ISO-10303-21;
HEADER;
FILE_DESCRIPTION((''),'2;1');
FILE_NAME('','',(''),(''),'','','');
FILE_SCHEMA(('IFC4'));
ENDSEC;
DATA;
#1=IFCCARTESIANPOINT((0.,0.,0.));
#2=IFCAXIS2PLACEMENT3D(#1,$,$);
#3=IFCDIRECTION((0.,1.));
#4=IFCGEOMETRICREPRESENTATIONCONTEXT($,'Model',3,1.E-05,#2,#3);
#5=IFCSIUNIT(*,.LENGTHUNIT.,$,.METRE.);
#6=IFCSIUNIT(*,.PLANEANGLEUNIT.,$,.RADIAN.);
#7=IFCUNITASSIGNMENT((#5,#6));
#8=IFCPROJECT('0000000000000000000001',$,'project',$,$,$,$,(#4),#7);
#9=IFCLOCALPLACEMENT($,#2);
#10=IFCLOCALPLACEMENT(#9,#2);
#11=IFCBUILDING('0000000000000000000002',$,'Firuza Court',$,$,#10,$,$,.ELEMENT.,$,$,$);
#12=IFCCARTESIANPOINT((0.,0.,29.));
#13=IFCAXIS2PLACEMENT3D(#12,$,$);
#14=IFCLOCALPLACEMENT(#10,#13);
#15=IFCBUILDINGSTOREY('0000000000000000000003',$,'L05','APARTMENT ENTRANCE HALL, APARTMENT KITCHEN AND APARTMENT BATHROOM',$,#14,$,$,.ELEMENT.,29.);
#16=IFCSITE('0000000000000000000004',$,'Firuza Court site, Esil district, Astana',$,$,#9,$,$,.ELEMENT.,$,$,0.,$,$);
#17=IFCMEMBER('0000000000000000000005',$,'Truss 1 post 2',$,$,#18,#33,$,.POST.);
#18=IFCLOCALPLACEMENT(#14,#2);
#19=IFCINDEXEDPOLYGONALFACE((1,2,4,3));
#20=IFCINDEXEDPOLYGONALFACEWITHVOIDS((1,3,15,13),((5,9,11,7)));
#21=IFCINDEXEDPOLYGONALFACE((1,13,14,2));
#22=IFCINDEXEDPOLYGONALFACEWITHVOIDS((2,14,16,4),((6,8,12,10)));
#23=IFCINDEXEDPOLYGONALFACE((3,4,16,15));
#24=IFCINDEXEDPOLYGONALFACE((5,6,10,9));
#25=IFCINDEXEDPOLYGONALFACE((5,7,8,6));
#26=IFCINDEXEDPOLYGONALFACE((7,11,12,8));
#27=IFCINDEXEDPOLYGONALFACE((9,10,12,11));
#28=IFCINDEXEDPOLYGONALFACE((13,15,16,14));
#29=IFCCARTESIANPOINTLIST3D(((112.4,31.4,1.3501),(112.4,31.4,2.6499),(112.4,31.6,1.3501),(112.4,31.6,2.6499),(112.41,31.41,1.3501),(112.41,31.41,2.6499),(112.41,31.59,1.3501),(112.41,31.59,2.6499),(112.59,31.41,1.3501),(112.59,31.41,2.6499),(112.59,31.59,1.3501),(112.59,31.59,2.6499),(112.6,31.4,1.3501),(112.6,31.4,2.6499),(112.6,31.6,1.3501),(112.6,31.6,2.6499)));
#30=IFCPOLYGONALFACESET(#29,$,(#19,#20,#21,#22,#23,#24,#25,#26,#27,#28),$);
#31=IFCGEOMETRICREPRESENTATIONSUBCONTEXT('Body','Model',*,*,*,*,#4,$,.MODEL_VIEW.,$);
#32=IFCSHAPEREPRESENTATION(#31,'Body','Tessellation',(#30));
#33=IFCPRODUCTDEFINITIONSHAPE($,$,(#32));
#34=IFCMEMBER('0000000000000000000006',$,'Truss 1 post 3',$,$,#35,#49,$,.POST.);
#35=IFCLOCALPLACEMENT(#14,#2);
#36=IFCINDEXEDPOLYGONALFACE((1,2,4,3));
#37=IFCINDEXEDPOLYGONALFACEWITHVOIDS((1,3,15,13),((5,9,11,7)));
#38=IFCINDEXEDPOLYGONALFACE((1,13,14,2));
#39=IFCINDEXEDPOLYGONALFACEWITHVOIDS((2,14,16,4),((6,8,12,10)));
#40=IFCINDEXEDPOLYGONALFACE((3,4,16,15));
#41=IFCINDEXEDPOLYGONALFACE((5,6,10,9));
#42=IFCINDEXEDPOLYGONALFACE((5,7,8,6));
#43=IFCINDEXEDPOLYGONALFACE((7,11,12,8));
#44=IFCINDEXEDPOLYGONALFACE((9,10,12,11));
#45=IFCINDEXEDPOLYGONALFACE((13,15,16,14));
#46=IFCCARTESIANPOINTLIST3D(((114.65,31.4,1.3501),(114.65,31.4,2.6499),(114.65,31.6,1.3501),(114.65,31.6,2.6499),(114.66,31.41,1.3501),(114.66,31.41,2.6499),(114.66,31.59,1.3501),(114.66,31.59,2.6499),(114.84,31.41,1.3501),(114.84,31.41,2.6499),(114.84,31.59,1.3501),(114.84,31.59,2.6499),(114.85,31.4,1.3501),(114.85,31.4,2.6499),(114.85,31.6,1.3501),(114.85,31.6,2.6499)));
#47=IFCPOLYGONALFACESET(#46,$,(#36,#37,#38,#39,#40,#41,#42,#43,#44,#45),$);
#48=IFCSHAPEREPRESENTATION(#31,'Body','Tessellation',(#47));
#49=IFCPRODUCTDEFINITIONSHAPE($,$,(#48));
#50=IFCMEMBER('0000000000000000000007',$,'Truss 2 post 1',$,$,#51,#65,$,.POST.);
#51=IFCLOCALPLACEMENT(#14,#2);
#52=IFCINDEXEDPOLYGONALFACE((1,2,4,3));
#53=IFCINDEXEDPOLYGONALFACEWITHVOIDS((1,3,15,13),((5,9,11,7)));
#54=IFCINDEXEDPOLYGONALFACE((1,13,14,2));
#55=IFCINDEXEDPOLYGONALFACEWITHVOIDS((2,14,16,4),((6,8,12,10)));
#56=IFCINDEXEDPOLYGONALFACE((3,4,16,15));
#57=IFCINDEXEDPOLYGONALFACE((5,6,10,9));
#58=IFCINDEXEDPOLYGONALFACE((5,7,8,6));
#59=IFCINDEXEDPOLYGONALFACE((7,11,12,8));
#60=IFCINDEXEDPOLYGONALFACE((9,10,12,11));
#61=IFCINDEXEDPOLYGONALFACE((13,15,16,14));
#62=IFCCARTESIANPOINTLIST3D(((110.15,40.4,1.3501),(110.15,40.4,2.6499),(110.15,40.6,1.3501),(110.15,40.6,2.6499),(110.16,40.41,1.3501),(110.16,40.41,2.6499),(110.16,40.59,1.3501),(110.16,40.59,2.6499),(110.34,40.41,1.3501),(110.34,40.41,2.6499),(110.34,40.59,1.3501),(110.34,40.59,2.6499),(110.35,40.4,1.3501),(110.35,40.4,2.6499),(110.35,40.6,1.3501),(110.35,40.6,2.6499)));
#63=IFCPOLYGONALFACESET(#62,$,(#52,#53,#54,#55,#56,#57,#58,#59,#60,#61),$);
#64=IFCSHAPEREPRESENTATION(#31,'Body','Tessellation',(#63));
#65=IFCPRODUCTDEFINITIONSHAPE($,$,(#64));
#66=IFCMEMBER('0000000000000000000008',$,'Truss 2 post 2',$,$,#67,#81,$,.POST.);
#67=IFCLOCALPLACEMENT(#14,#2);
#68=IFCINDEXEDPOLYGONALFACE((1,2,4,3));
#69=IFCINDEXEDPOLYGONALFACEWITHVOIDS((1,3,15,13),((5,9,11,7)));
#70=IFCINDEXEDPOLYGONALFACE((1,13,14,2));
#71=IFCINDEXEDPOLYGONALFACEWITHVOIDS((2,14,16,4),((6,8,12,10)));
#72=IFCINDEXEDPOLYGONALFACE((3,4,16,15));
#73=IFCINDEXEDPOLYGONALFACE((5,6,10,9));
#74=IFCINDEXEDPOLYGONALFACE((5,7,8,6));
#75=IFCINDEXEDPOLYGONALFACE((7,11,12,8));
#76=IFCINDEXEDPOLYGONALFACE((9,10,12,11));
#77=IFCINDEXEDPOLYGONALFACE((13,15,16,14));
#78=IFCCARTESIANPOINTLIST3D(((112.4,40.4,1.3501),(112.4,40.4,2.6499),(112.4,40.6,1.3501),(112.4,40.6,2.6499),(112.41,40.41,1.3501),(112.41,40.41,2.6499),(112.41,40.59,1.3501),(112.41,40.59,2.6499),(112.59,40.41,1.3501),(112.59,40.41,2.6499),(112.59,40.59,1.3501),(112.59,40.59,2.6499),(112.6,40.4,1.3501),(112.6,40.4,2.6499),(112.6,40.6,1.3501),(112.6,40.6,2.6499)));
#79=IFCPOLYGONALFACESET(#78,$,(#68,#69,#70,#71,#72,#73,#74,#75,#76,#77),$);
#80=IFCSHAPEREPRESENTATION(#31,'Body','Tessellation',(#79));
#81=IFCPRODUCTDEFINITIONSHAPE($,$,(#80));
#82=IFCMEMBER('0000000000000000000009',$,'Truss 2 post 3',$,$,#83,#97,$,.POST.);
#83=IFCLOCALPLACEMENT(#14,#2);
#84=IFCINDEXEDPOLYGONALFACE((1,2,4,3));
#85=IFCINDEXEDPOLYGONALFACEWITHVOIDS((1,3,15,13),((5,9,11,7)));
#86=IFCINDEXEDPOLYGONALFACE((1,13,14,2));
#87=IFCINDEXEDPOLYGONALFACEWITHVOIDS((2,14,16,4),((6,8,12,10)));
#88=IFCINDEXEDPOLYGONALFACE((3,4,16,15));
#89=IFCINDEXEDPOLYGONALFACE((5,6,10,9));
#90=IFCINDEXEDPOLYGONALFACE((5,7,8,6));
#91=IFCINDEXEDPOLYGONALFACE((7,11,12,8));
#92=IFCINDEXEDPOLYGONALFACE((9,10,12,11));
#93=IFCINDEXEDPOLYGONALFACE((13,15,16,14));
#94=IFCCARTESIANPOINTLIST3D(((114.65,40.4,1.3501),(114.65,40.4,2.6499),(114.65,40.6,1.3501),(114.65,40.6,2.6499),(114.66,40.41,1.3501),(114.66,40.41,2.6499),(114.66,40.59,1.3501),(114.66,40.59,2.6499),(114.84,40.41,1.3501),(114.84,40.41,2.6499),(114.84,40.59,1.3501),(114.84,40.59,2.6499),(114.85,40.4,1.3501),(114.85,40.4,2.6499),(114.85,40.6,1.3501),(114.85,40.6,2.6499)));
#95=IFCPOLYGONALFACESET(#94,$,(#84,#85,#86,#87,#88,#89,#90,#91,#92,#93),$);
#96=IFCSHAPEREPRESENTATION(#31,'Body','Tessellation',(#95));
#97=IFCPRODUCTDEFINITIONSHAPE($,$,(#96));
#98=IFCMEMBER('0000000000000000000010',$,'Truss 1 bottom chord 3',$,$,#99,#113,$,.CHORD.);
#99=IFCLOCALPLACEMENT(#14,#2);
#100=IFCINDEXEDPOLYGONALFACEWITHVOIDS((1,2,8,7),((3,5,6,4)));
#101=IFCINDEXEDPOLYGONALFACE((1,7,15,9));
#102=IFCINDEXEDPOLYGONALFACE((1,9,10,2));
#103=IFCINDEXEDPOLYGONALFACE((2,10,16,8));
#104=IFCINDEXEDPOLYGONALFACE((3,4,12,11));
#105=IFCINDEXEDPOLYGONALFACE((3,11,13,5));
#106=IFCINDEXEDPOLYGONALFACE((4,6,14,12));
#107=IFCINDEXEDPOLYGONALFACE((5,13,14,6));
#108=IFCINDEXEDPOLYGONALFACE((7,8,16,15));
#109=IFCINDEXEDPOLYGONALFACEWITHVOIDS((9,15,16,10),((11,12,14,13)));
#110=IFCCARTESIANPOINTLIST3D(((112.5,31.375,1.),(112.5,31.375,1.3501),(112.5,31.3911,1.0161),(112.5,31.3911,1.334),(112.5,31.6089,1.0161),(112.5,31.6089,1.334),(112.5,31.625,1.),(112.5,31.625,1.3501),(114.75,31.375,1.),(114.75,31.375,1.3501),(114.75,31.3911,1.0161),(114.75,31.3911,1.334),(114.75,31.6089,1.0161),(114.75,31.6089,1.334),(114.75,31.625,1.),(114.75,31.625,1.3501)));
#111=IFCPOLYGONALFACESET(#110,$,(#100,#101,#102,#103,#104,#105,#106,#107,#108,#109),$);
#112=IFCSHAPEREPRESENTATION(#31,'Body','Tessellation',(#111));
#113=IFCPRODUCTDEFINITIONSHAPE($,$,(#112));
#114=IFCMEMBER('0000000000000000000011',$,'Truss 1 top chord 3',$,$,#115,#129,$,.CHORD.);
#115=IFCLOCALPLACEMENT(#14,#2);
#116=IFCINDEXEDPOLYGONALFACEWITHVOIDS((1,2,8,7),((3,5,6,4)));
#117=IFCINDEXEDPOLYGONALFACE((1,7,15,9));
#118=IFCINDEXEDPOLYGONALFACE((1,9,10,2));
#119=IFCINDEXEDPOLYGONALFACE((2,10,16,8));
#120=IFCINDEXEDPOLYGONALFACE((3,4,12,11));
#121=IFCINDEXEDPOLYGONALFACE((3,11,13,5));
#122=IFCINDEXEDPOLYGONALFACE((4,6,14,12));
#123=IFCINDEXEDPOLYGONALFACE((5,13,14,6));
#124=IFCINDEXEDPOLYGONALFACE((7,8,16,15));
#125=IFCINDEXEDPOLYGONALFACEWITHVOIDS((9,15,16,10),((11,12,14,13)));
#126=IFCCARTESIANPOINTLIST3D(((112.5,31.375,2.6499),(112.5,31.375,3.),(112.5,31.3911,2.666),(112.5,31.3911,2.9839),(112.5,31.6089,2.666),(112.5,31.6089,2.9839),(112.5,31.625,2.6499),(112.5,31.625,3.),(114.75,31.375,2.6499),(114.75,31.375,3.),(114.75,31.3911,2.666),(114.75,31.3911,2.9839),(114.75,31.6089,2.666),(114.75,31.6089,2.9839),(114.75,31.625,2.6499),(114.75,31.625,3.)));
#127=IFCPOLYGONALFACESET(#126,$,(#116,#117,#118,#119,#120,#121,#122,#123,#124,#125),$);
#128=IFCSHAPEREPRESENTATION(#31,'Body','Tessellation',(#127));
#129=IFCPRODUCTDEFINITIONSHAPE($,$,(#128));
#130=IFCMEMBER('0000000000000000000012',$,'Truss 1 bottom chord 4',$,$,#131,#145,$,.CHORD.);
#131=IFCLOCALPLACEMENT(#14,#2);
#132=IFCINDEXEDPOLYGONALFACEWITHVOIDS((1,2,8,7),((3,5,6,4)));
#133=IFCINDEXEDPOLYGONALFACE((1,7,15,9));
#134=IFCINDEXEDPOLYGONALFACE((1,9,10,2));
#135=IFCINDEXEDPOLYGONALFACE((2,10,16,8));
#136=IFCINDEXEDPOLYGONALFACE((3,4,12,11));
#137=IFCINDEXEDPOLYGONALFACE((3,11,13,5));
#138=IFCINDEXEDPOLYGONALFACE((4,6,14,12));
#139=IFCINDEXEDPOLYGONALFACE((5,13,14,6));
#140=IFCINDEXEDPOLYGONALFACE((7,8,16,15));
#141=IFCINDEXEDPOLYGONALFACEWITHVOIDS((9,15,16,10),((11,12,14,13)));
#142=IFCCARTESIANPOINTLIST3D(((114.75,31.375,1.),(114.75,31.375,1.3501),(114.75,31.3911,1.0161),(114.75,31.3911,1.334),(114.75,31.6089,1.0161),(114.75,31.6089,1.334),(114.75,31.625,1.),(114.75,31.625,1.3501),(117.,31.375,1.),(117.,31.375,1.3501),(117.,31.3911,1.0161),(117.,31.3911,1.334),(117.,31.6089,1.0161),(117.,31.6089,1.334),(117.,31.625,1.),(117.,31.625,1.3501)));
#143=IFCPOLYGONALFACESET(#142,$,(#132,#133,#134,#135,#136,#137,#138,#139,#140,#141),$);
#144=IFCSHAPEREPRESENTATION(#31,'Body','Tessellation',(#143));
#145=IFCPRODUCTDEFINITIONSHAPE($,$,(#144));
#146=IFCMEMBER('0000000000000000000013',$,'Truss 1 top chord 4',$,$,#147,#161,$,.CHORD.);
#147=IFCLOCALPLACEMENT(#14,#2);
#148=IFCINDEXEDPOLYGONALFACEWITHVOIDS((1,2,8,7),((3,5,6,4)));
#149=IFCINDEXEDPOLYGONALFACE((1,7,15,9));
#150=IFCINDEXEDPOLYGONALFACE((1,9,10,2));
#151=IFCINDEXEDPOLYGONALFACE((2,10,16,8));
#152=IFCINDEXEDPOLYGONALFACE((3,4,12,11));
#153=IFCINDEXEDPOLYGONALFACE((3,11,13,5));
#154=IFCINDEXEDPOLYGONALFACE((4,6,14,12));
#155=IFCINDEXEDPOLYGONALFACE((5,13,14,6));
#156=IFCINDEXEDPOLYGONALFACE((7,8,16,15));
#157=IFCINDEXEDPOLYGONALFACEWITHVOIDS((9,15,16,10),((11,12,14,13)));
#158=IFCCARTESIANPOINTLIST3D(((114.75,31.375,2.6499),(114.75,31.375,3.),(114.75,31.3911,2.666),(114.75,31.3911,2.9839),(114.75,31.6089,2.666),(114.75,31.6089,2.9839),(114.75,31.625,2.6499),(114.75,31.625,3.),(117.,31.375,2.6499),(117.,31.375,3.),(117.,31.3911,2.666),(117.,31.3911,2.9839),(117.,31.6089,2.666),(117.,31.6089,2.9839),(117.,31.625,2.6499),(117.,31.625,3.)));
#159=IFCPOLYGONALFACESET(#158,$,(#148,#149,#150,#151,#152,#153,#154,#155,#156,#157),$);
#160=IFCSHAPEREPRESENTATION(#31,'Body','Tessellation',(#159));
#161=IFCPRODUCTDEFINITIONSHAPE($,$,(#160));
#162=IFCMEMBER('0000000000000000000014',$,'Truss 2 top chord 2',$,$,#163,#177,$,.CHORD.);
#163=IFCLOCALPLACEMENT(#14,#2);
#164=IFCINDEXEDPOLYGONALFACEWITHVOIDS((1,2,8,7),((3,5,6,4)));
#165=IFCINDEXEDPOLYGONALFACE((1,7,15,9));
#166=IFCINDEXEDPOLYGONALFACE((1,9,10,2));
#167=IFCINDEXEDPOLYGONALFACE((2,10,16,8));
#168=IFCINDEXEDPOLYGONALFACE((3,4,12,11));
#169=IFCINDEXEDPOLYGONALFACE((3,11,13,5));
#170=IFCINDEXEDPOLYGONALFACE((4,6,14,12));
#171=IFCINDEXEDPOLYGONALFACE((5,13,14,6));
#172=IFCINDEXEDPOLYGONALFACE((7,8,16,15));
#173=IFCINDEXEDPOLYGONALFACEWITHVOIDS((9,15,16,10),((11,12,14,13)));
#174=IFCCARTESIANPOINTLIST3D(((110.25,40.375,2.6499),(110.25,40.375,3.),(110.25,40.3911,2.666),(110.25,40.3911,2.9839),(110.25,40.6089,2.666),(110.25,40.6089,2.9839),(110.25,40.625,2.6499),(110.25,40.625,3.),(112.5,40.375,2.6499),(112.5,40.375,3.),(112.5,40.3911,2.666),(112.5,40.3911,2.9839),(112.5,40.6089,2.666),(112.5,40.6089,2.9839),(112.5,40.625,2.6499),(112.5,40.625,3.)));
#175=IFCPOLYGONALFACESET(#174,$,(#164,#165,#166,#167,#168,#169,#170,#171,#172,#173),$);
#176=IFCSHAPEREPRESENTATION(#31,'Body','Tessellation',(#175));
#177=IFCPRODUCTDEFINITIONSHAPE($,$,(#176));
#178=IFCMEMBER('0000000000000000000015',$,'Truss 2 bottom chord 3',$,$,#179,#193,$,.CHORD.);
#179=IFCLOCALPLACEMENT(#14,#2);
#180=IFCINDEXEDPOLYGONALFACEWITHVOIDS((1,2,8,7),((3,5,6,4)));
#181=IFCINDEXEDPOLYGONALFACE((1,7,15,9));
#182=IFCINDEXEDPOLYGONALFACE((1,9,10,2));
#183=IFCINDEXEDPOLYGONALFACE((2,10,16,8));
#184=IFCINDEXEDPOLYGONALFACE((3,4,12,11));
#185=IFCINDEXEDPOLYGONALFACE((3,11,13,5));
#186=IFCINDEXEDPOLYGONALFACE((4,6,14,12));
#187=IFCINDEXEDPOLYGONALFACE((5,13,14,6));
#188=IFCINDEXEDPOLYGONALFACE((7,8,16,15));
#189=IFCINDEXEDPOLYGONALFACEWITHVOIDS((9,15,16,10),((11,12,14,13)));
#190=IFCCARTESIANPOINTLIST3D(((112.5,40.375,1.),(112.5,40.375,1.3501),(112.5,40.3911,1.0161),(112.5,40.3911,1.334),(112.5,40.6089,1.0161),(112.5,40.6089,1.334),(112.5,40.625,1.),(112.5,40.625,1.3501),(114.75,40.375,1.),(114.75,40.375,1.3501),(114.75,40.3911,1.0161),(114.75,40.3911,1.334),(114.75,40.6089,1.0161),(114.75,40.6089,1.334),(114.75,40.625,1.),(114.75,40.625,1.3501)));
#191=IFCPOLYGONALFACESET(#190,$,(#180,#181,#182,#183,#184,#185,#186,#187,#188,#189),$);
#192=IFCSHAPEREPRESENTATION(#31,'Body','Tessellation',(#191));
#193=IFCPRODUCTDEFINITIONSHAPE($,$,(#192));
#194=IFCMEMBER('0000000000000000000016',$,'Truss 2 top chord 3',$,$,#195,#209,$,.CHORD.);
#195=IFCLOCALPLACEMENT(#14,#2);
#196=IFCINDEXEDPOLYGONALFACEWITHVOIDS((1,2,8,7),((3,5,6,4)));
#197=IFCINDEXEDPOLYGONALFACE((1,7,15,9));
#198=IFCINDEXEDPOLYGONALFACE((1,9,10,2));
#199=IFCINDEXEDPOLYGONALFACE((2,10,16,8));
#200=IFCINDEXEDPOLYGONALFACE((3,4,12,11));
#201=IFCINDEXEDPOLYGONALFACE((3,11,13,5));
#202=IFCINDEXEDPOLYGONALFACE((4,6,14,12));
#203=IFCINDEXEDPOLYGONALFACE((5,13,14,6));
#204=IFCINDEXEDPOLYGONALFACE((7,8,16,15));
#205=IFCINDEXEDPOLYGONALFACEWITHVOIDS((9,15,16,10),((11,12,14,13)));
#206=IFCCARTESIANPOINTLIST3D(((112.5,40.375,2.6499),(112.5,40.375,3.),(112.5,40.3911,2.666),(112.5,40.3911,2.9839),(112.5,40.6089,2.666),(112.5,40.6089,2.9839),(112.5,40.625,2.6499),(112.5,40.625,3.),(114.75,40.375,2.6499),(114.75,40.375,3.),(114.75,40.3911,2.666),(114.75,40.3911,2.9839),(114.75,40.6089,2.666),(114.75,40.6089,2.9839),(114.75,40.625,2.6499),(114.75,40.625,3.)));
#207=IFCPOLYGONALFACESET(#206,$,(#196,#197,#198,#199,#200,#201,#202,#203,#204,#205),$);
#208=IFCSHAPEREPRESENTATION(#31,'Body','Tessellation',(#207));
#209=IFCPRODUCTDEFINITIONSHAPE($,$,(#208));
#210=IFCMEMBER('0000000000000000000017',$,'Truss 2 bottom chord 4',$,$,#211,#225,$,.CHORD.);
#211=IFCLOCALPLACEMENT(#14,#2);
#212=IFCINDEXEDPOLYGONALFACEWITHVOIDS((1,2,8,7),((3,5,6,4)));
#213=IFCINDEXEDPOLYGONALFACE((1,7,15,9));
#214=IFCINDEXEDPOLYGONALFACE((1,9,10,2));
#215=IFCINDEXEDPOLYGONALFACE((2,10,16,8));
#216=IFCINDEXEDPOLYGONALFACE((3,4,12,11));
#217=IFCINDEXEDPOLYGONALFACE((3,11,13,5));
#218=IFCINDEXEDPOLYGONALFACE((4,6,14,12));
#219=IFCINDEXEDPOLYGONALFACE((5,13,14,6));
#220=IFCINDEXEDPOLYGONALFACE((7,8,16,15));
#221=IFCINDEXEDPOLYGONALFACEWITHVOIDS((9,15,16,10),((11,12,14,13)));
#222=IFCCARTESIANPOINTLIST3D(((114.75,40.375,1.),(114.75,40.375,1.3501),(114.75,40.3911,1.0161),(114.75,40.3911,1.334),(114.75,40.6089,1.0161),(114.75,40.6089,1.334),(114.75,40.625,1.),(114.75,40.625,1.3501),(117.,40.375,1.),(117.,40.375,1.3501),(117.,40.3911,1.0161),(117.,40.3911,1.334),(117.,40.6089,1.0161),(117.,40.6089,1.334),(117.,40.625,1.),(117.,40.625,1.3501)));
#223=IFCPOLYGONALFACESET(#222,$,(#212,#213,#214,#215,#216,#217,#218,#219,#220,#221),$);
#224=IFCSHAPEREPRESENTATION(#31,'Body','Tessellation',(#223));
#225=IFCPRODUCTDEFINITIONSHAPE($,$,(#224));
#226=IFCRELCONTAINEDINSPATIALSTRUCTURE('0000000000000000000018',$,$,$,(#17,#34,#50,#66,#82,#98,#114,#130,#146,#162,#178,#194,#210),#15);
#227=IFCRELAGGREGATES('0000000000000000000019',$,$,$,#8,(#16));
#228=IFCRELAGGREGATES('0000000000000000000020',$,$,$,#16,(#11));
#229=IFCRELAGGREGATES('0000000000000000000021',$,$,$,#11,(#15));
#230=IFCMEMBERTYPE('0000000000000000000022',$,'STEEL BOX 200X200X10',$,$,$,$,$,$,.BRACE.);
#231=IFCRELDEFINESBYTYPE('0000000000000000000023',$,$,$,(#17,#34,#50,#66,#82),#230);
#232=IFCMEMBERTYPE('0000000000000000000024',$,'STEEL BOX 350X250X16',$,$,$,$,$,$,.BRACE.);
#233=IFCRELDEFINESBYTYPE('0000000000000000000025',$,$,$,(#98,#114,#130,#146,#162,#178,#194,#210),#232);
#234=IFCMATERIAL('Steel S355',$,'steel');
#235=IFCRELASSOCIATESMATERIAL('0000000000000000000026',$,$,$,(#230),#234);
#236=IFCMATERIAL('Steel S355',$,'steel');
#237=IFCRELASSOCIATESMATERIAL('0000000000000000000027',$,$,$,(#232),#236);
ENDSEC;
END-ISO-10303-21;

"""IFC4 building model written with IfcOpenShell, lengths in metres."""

from ifc_helpers import new_model, si_unit, direction, frame, origin, origin_2d, place, context, subcontext, project, spatial, hollow_rectangle, extrude, material, material_profile, profile_set, type_object, element, save


model = new_model("IFC4")

# Units and contexts
model_context = context("Model", 3, precision=1e-05, world=origin(), true_north=direction((0.0, 1.0)))
body_context = subcontext(model_context, "Body", "Model", "MODEL_VIEW")
ifc_project = project(units=[si_unit("LENGTHUNIT", "METRE"), si_unit("PLANEANGLEUNIT", "RADIAN")], contexts=[model_context])

# Site, building, storey
site_placement = place(None, origin())
site = spatial("IfcSite", under=ifc_project, at=site_placement, Name="Firuza Court site, Esil district, Astana", CompositionType="ELEMENT", RefElevation=0.0)
building_placement = place(site_placement, origin())
building = spatial("IfcBuilding", under=site, at=building_placement, Name="Firuza Court", CompositionType="ELEMENT")
storey_placement = place(building_placement, frame((0.0, 0.0, 29.0)))
storey = spatial("IfcBuildingStorey", under=building, at=storey_placement, Name="L05", Description="APARTMENT ENTRANCE HALL, APARTMENT KITCHEN AND APARTMENT BATHROOM", CompositionType="ELEMENT", Elevation=29.0)

# Members
ifc_material_1 = material(Name="Steel S355", Category="steel")
ifc_material_profile_1 = material_profile(ifc_material_1, hollow_rectangle(XDim=0.2, YDim=0.2, WallThickness=0.01, at=origin_2d()), Name="RHS 200X200X10")
ifc_profile_set_1 = profile_set([ifc_material_profile_1], Name="Steel S355")
member_type_1 = type_object("IfcMemberType", Name="STEEL BOX 200X200X10", PredefinedType="BRACE", material=ifc_profile_set_1)
for number, where, z_axis, x_axis, name in (
    (1, (112.5, 31.5, 1.3501), (0.0, 0.0, 1.0), (1.0, 0.0, 0.0), "Truss 1 post 2"),
    (2, (114.75, 31.5, 1.3501), (0.0, 0.0, 1.0), (1.0, 0.0, 0.0), "Truss 1 post 3"),
    (3, (110.25, 40.5, 1.3501), (0.0, 0.0, 1.0), (1.0, 0.0, 0.0), "Truss 2 post 1"),
    (4, (112.5, 40.5, 1.3501), (0.0, 0.0, 1.0), (1.0, 0.0, 0.0), "Truss 2 post 2"),
    (5, (114.75, 40.5, 1.3501), (0.0, 0.0, 1.0), (1.0, 0.0, 0.0), "Truss 2 post 3"),
):
    element("IfcMember", number, at=place(storey_placement, frame(where, z_axis=z_axis, x_axis=x_axis)), inside=storey, type_object=member_type_1, Name=name, PredefinedType="POST", context=body_context, shape_type="SweptSolid", body=[
        extrude(hollow_rectangle(XDim=0.2, YDim=0.2, WallThickness=0.01, at=origin_2d()), origin(), (0.0, 0.0, 1.0), 1.2998),
    ])
ifc_material_2 = material(Name="Steel S355", Category="steel")
ifc_material_profile_2 = material_profile(ifc_material_2, hollow_rectangle(XDim=0.25, YDim=0.3501, WallThickness=0.0161, at=origin_2d()), Name="RHS 350X250X16")
ifc_profile_set_2 = profile_set([ifc_material_profile_2], Name="Steel S355")
member_type_2 = type_object("IfcMemberType", Name="STEEL BOX 350X250X16", PredefinedType="BRACE", material=ifc_profile_set_2)
for number, where, z_axis, x_axis, name in (
    (6, (112.5, 31.5, 1.175), (1.0, 0.0, 0.0), (0.0, 1.0, 0.0), "Truss 1 bottom chord 3"),
    (7, (112.5, 31.5, 2.825), (1.0, 0.0, 0.0), (0.0, 1.0, 0.0), "Truss 1 top chord 3"),
    (8, (114.75, 31.5, 1.175), (1.0, 0.0, 0.0), (0.0, 1.0, 0.0), "Truss 1 bottom chord 4"),
    (9, (114.75, 31.5, 2.825), (1.0, 0.0, 0.0), (0.0, 1.0, 0.0), "Truss 1 top chord 4"),
    (10, (110.25, 40.5, 2.825), (1.0, 0.0, 0.0), (0.0, 1.0, 0.0), "Truss 2 top chord 2"),
    (11, (112.5, 40.5, 1.175), (1.0, 0.0, 0.0), (0.0, 1.0, 0.0), "Truss 2 bottom chord 3"),
    (12, (112.5, 40.5, 2.825), (1.0, 0.0, 0.0), (0.0, 1.0, 0.0), "Truss 2 top chord 3"),
    (13, (114.75, 40.5, 1.175), (1.0, 0.0, 0.0), (0.0, 1.0, 0.0), "Truss 2 bottom chord 4"),
):
    element("IfcMember", number, at=place(storey_placement, frame(where, z_axis=z_axis, x_axis=x_axis)), inside=storey, type_object=member_type_2, Name=name, PredefinedType="CHORD", context=body_context, shape_type="SweptSolid", body=[
        extrude(hollow_rectangle(XDim=0.25, YDim=0.3501, WallThickness=0.0161, at=origin_2d()), origin(), (0.0, 0.0, 1.0), 2.25),
    ])

save(model, "model.ifc")
